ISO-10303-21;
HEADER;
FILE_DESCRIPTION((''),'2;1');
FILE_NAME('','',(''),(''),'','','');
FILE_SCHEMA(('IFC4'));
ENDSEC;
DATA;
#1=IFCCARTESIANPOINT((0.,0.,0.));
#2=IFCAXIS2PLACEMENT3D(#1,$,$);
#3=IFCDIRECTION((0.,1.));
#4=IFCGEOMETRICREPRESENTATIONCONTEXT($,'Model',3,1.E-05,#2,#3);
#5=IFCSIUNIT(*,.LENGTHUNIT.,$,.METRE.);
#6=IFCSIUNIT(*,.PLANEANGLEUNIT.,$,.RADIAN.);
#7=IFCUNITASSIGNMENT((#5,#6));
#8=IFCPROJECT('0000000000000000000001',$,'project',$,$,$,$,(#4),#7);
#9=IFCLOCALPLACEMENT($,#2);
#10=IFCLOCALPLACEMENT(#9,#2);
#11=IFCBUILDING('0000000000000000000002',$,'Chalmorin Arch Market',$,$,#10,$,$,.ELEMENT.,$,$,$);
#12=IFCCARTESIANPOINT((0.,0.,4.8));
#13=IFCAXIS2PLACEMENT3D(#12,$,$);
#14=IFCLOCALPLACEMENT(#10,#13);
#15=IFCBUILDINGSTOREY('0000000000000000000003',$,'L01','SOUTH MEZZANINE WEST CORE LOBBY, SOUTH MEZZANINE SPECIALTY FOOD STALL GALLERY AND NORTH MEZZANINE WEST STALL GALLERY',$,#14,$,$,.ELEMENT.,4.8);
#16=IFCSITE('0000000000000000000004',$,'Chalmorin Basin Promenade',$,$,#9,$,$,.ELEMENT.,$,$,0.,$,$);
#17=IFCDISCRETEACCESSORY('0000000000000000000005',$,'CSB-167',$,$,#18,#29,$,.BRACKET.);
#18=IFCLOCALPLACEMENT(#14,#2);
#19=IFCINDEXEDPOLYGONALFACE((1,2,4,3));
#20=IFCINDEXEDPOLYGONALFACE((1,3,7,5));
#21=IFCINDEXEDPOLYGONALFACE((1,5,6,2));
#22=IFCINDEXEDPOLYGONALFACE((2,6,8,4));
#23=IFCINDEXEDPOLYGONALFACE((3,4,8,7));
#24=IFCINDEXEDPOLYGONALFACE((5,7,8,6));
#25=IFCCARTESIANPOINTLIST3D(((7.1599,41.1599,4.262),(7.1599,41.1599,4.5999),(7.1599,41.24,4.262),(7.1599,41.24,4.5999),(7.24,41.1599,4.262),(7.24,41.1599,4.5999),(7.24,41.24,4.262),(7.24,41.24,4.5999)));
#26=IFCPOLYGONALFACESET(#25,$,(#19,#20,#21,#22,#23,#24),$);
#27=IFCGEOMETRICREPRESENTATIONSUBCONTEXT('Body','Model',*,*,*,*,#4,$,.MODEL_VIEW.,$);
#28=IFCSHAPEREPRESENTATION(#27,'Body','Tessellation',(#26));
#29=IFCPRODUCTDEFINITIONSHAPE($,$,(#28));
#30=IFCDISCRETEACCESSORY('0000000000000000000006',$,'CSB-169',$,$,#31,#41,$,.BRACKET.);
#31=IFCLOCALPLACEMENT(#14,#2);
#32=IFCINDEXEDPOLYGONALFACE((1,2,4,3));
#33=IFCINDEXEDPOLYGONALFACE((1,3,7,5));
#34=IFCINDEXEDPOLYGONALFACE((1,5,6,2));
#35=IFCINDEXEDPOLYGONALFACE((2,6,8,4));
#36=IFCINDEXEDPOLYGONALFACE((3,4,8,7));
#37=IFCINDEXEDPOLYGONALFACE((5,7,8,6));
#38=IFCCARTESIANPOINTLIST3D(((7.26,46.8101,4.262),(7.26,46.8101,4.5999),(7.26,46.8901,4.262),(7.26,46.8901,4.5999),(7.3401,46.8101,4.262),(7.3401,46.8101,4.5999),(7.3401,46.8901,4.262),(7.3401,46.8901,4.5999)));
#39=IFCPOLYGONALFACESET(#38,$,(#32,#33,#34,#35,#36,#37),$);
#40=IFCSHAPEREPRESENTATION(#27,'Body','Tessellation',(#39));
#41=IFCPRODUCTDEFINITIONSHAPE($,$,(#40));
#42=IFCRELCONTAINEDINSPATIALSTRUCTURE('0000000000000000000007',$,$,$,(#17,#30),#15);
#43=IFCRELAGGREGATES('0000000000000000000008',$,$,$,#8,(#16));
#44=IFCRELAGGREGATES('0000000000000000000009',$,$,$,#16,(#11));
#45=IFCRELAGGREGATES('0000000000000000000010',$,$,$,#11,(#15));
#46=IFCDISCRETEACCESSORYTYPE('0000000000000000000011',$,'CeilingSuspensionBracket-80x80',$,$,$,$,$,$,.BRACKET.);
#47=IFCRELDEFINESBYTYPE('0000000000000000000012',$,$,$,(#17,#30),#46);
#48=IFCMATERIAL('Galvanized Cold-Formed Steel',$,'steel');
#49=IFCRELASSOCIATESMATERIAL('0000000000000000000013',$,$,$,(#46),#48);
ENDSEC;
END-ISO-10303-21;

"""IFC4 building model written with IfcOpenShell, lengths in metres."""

from ifc_helpers import new_model, si_unit, direction, frame, origin, origin_2d, place, context, subcontext, project, spatial, rectangle, extrude, material, type_object, element, save


model = new_model("IFC4")

# Units and contexts
model_context = context("Model", 3, precision=1e-05, world=origin(), true_north=direction((0.0, 1.0)))
body_context = subcontext(model_context, "Body", "Model", "MODEL_VIEW")
ifc_project = project(units=[si_unit("LENGTHUNIT", "METRE"), si_unit("PLANEANGLEUNIT", "RADIAN")], contexts=[model_context])

# Site, building, storey
site_placement = place(None, origin())
site = spatial("IfcSite", under=ifc_project, at=site_placement, Name="Chalmorin Basin Promenade", CompositionType="ELEMENT", RefElevation=0.0)
building_placement = place(site_placement, origin())
building = spatial("IfcBuilding", under=site, at=building_placement, Name="Chalmorin Arch Market", CompositionType="ELEMENT")
storey_placement = place(building_placement, frame((0.0, 0.0, 4.8)))
storey = spatial("IfcBuildingStorey", under=building, at=storey_placement, Name="L01", Description="SOUTH MEZZANINE WEST CORE LOBBY, SOUTH MEZZANINE SPECIALTY FOOD STALL GALLERY AND NORTH MEZZANINE WEST STALL GALLERY", CompositionType="ELEMENT", Elevation=4.8)

# Discrete accessories
ifc_material_1 = material(Name="Galvanized Cold-Formed Steel", Category="steel")
discrete_accessory_type = type_object("IfcDiscreteAccessoryType", Name="CeilingSuspensionBracket-80x80", PredefinedType="BRACKET", material=ifc_material_1)
for number, where, z_axis, x_axis, name in (
    (1, (7.2, 41.2, 4.262), (0.0, 0.0, 1.0), (1.0, 0.0, 0.0), "CSB-167"),
    (2, (7.3, 46.8501, 4.262), (0.0, 0.0, 1.0), (1.0, 0.0, 0.0), "CSB-169"),
):
    element("IfcDiscreteAccessory", number, at=place(storey_placement, frame(where, z_axis=z_axis, x_axis=x_axis)), inside=storey, type_object=discrete_accessory_type, Name=name, PredefinedType="BRACKET", context=body_context, shape_type="SweptSolid", body=[
        extrude(rectangle(XDim=0.0801, YDim=0.0801, at=origin_2d()), origin(), (0.0, 0.0, 1.0), 0.3379),
    ])

save(model, "model.ifc")
